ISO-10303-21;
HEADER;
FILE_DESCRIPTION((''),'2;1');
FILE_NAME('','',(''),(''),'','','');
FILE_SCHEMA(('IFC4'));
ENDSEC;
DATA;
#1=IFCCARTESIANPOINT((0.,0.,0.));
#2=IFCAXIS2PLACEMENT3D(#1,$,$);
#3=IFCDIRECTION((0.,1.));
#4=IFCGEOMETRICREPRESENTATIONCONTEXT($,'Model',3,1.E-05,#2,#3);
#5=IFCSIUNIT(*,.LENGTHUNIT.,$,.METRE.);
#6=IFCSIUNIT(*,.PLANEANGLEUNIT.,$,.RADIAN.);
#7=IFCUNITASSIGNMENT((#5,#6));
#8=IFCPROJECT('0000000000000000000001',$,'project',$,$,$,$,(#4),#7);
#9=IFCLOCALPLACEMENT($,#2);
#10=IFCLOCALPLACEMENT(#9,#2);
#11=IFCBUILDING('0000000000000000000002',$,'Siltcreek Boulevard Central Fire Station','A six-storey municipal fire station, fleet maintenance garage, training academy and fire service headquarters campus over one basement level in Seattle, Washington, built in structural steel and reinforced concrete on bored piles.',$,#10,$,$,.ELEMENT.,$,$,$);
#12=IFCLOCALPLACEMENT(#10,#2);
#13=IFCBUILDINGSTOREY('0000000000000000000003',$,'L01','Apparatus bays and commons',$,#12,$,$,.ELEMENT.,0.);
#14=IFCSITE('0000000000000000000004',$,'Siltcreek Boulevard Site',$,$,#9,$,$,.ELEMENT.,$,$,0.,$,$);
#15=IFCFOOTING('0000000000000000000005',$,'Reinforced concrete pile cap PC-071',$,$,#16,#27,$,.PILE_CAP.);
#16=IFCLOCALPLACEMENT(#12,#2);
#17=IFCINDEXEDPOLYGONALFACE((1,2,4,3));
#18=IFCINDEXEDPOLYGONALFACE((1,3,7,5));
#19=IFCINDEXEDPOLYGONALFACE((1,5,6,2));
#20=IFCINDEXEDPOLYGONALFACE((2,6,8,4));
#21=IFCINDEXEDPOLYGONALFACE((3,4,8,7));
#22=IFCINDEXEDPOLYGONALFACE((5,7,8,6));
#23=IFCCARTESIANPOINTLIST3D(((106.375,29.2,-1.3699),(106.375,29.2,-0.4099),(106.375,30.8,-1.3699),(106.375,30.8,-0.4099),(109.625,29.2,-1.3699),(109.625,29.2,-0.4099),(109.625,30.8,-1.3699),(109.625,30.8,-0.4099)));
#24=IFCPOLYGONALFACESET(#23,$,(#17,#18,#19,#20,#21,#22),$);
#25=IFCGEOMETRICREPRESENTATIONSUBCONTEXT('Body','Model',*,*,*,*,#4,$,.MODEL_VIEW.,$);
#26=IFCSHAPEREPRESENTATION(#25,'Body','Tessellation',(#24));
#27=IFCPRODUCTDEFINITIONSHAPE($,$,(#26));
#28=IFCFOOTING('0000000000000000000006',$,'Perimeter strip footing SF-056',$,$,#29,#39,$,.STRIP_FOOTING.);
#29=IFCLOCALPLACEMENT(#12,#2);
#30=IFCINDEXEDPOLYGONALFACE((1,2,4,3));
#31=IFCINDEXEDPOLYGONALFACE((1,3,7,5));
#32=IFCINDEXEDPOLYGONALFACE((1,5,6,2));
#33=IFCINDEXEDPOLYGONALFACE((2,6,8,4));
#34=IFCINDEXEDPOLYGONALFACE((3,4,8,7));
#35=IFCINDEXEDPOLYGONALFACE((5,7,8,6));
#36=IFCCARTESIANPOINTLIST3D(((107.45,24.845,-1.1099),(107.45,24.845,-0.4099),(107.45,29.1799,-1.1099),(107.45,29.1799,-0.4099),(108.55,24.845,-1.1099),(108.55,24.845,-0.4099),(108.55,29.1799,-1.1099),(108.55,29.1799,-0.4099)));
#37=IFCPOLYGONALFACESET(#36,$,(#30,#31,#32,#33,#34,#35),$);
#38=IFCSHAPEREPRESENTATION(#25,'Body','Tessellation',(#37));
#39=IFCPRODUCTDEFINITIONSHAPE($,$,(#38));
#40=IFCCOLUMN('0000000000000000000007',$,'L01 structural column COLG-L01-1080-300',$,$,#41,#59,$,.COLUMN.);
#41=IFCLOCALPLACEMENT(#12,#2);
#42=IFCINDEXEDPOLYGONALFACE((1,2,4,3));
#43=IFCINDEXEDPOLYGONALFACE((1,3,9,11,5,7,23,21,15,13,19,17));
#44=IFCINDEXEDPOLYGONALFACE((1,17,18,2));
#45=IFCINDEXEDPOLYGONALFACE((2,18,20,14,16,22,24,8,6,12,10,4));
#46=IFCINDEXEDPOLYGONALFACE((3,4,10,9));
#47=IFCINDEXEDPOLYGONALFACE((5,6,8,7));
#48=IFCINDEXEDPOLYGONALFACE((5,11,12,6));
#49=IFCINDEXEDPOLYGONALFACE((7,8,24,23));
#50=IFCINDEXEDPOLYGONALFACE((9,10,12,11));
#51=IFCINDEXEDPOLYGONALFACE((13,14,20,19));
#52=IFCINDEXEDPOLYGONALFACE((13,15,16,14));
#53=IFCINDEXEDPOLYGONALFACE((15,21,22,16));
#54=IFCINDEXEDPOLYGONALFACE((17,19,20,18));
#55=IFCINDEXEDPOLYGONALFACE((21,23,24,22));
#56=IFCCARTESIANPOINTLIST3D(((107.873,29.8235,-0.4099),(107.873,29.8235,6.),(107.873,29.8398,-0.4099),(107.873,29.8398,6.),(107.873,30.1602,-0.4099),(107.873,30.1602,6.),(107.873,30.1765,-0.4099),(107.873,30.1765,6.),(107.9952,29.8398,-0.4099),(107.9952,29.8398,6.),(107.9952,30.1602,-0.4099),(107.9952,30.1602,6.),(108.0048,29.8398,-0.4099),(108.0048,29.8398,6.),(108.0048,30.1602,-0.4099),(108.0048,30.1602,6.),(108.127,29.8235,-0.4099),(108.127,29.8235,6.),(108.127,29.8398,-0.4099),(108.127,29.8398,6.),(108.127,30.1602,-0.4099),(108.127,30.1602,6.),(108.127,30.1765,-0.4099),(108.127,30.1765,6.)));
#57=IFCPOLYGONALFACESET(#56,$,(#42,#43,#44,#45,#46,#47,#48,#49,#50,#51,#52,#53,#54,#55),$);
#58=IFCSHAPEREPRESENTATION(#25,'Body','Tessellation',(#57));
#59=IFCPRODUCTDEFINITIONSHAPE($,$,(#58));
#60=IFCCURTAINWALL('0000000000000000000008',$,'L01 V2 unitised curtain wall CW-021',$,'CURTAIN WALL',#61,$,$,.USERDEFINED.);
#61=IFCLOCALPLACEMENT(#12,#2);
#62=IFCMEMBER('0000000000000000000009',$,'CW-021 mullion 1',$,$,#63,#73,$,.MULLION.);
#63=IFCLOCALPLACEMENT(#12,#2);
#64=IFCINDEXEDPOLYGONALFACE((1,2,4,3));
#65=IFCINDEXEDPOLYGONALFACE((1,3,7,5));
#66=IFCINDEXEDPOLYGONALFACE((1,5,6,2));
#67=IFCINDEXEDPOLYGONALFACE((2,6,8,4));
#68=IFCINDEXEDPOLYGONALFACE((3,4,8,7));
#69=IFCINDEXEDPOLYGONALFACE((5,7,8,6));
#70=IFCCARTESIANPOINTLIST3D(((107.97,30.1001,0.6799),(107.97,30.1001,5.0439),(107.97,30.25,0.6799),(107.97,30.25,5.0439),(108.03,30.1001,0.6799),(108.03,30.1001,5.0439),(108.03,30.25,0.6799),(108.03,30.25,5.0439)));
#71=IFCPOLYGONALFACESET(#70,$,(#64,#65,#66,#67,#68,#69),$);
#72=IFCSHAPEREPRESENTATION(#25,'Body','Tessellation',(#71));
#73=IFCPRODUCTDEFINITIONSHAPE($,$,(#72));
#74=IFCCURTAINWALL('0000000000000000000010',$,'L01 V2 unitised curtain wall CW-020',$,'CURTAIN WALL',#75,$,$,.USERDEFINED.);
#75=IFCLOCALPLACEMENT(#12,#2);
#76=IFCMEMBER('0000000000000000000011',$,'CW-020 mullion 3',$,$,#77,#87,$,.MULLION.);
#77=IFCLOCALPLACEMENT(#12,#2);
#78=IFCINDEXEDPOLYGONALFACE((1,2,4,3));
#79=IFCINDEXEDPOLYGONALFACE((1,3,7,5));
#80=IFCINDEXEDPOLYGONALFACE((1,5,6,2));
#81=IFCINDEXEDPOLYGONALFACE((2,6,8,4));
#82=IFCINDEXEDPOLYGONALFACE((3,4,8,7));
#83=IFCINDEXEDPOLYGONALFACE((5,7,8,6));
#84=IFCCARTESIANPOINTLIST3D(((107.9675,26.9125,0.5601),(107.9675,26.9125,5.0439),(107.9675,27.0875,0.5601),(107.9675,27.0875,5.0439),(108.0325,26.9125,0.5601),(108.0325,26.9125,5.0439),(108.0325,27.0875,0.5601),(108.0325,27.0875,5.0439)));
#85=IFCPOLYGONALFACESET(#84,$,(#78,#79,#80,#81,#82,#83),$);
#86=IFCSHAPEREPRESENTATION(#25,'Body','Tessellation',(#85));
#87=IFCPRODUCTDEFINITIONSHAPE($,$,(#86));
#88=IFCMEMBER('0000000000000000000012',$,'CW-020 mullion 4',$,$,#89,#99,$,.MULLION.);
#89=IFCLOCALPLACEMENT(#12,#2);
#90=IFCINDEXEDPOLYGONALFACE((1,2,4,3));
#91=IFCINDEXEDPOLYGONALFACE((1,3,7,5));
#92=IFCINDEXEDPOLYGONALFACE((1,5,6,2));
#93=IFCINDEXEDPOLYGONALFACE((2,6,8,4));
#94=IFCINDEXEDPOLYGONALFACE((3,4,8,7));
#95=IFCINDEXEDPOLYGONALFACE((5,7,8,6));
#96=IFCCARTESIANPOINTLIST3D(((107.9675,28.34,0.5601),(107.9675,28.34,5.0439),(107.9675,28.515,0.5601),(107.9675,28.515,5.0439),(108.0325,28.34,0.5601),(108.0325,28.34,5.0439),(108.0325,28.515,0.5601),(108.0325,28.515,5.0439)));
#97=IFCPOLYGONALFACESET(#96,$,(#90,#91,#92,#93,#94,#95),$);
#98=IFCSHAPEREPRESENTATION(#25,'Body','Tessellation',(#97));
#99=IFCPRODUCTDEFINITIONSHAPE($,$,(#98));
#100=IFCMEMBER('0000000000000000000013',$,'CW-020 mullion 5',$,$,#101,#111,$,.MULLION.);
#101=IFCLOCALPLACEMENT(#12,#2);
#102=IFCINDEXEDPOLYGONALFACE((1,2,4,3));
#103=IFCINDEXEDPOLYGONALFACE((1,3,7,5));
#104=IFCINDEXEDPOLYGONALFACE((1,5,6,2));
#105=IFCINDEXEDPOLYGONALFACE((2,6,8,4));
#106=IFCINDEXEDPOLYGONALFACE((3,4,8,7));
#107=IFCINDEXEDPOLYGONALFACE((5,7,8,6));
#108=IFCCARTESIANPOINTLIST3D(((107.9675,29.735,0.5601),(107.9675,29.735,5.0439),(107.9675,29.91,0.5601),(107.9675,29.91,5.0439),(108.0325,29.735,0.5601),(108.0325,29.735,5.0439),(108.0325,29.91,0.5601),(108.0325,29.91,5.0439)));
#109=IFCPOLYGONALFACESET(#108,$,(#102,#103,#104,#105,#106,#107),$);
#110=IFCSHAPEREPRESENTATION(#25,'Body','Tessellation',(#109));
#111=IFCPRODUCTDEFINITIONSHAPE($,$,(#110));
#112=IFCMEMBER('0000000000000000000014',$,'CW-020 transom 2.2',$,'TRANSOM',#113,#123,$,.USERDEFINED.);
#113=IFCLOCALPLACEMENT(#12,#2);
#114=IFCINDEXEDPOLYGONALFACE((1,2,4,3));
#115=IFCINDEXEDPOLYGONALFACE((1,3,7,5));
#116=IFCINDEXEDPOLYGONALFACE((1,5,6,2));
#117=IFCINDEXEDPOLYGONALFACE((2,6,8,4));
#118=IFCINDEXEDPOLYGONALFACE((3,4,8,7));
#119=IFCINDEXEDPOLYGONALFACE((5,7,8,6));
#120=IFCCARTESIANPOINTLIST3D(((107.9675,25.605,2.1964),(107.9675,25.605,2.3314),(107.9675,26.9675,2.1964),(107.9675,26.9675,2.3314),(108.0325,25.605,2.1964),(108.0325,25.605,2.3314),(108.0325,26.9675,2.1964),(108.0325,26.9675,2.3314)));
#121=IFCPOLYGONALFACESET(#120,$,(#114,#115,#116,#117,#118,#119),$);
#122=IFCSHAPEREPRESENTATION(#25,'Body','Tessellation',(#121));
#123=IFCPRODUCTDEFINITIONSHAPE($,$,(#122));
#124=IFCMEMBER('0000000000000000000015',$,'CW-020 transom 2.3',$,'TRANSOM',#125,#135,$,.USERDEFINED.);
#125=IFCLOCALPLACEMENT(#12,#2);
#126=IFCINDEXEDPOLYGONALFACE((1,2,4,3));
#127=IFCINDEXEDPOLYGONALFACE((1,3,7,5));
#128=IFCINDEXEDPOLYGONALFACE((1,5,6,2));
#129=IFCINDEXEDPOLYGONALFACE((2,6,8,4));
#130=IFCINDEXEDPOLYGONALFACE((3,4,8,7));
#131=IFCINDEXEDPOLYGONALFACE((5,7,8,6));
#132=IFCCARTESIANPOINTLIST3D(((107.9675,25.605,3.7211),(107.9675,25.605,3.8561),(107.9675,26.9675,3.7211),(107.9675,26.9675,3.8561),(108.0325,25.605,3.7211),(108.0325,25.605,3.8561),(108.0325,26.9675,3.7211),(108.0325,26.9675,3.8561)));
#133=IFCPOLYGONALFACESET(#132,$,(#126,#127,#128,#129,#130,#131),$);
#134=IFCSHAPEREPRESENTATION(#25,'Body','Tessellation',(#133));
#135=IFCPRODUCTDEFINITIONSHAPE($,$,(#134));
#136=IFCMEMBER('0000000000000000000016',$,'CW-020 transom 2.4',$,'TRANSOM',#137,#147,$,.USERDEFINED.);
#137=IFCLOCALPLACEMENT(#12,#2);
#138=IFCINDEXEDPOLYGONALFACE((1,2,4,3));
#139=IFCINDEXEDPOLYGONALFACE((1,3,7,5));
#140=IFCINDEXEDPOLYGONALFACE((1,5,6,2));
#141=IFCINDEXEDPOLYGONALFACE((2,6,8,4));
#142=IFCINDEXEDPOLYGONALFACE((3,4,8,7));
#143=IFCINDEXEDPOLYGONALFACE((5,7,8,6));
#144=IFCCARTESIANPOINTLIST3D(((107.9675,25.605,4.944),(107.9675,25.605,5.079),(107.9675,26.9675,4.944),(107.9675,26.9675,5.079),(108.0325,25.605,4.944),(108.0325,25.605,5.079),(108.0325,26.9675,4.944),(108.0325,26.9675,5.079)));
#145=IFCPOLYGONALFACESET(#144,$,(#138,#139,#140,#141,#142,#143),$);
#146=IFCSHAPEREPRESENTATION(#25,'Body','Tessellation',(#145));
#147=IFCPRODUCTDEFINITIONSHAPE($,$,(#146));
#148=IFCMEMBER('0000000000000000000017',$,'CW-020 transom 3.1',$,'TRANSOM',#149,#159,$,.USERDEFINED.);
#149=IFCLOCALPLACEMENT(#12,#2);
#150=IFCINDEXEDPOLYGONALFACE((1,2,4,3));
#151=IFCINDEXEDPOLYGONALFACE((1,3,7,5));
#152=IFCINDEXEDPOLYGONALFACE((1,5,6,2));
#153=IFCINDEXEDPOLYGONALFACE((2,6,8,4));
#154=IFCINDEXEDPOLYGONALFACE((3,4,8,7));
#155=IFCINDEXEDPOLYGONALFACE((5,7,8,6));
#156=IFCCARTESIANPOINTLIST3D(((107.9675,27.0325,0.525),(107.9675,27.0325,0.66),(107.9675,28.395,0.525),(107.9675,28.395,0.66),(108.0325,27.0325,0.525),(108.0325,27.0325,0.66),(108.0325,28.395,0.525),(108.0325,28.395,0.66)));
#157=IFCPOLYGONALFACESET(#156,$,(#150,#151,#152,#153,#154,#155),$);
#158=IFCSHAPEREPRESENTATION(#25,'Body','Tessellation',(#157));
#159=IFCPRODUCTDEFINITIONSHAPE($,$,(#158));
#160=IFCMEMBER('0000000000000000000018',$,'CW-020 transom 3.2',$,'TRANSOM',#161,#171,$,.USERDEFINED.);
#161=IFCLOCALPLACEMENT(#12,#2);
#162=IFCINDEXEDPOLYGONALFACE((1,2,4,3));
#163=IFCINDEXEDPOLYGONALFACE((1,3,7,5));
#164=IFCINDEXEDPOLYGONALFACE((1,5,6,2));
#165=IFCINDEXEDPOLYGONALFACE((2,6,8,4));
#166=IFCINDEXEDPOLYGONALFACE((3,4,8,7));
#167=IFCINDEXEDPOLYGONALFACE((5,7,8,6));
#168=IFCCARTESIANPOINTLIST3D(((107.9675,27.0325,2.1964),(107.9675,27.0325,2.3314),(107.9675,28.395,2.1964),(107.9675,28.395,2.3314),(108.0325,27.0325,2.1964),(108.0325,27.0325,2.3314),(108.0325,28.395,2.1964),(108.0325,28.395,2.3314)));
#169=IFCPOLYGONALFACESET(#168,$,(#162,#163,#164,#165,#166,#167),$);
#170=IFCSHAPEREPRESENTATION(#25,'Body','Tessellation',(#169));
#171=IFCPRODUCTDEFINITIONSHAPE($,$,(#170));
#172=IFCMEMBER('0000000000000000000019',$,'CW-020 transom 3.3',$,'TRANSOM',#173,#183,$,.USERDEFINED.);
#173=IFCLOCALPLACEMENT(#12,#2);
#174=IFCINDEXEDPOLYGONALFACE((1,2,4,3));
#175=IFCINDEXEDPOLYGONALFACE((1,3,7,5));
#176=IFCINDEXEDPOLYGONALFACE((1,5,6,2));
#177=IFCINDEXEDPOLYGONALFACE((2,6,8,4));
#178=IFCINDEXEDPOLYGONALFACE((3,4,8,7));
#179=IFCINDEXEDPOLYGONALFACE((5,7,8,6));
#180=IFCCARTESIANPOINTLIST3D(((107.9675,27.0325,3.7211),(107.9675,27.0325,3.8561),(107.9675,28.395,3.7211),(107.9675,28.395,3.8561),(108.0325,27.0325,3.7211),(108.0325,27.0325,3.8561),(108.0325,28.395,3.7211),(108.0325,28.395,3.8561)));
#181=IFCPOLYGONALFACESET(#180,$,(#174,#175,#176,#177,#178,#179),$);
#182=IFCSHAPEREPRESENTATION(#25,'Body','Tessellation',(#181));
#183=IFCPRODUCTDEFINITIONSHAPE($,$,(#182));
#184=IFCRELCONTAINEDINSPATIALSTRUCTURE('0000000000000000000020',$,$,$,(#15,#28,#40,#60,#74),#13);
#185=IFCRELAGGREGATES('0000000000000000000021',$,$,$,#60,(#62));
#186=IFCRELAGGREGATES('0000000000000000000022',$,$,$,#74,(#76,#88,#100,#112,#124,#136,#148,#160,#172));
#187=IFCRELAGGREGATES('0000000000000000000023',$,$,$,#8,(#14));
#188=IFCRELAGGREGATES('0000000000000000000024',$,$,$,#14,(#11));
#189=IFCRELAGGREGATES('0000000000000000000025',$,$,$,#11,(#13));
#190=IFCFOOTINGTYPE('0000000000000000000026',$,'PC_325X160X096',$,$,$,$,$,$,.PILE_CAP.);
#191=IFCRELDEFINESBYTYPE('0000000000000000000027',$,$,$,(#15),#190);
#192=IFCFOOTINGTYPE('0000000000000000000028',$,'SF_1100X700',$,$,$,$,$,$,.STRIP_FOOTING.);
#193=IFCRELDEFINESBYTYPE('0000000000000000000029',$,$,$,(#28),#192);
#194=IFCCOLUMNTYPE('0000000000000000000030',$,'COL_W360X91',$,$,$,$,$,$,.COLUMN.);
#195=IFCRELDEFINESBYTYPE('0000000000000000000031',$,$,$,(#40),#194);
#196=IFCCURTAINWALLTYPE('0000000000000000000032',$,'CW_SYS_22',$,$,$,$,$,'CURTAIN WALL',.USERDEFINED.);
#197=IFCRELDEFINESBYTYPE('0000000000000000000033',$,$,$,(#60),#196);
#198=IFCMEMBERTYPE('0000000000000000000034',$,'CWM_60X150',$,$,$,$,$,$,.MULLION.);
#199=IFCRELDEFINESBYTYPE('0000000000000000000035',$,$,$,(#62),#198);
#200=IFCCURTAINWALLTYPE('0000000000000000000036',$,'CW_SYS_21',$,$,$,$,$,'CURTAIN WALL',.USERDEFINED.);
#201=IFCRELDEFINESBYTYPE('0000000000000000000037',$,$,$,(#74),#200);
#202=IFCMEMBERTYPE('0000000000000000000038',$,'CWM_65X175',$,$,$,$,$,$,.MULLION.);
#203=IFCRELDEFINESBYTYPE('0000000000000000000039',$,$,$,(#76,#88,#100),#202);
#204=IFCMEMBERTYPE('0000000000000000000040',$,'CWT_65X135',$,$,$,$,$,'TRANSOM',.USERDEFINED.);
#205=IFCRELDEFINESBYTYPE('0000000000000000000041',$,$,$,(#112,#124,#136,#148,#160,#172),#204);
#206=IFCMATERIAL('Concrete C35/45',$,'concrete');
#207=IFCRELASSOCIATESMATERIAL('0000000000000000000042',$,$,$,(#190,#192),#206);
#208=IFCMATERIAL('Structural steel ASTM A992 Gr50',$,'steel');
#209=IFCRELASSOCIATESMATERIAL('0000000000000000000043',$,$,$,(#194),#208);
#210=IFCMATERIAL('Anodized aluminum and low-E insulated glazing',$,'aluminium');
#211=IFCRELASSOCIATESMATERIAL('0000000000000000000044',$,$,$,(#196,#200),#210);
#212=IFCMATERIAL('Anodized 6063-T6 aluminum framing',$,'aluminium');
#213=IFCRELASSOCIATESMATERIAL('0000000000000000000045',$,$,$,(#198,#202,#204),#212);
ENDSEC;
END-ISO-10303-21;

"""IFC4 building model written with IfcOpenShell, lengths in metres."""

from ifc_helpers import new_model, si_unit, direction, frame, origin, origin_2d, place, context, subcontext, project, spatial, rectangle, i_section, extrude, material, material_profile, profile_set, type_object, element, aggregate, save


model = new_model("IFC4")

# Units and contexts
model_context = context("Model", 3, precision=1e-05, world=origin(), true_north=direction((0.0, 1.0)))
body_context = subcontext(model_context, "Body", "Model", "MODEL_VIEW")
ifc_project = project(units=[si_unit("LENGTHUNIT", "METRE"), si_unit("PLANEANGLEUNIT", "RADIAN")], contexts=[model_context])

# Site, building, storey
site_placement = place(None, origin())
site = spatial("IfcSite", under=ifc_project, at=site_placement, Name="Siltcreek Boulevard Site", CompositionType="ELEMENT", RefElevation=0.0)
building_placement = place(site_placement, origin())
building = spatial("IfcBuilding", under=site, at=building_placement, Name="Siltcreek Boulevard Central Fire Station", Description="A six-storey municipal fire station, fleet maintenance garage, training academy and fire service headquarters campus over one basement level in Seattle, Washington, built in structural steel and reinforced concrete on bored piles.", CompositionType="ELEMENT")
storey_placement = place(building_placement, origin())
storey = spatial("IfcBuildingStorey", under=building, at=storey_placement, Name="L01", Description="Apparatus bays and commons", CompositionType="ELEMENT", Elevation=0.0)

# Footings
ifc_material_1 = material(Name="Concrete C35/45", Category="concrete")
footing_type_1 = type_object("IfcFootingType", Name="PC_325X160X096", PredefinedType="PILE_CAP", material=ifc_material_1)
footing_1_placement = place(storey_placement, frame((108.0, 30.0, -1.3699), z_axis=(0.0, 0.0, 1.0), x_axis=(1.0, 0.0, 0.0)))
element("IfcFooting", 1, at=footing_1_placement, inside=storey, type_object=footing_type_1, Name="Reinforced concrete pile cap PC-071", PredefinedType="PILE_CAP", context=body_context, shape_type="SweptSolid", body=[
    extrude(rectangle(XDim=3.25, YDim=1.6001, at=origin_2d()), origin(), (0.0, 0.0, 1.0), 0.96),
])
footing_type_2 = type_object("IfcFootingType", Name="SF_1100X700", PredefinedType="STRIP_FOOTING", material=ifc_material_1)
footing_2_placement = place(storey_placement, frame((108.0, 27.0125, -1.1099), z_axis=(0.0, 0.0, 1.0), x_axis=(1.0, 0.0, 0.0)))
element("IfcFooting", 2, at=footing_2_placement, inside=storey, type_object=footing_type_2, Name="Perimeter strip footing SF-056", PredefinedType="STRIP_FOOTING", context=body_context, shape_type="SweptSolid", body=[
    extrude(rectangle(XDim=1.1001, YDim=4.335, at=origin_2d()), origin(), (0.0, 0.0, 1.0), 0.7),
])

# Column
ifc_material_2 = material(Name="Structural steel ASTM A992 Gr50", Category="steel")
ifc_material_profile_1 = material_profile(ifc_material_2, i_section(OverallWidth=0.2539, OverallDepth=0.353, WebThickness=0.0095, FlangeThickness=0.0164, at=origin_2d()), Name="W360X91")
ifc_profile_set_1 = profile_set([ifc_material_profile_1], Name="Structural steel ASTM A992 Gr50")
column_type = type_object("IfcColumnType", Name="COL_W360X91", PredefinedType="COLUMN", material=ifc_profile_set_1)
column_placement = place(storey_placement, frame((108.0, 30.0, -0.4099), z_axis=(0.0, 0.0, 1.0), x_axis=(1.0, 0.0, 0.0)))
element("IfcColumn", 3, at=column_placement, inside=storey, type_object=column_type, Name="L01 structural column COLG-L01-1080-300", PredefinedType="COLUMN", context=body_context, shape_type="SweptSolid", body=[
    extrude(i_section(OverallWidth=0.2539, OverallDepth=0.353, WebThickness=0.0095, FlangeThickness=0.0164, at=origin_2d()), origin(), (0.0, 0.0, 1.0), 6.4099),
])

# Curtain wall, member
ifc_material_3 = material(Name="Anodized aluminum and low-E insulated glazing", Category="aluminium")
curtain_wall_type_1 = type_object("IfcCurtainWallType", Name="CW_SYS_22", ElementType="CURTAIN WALL", PredefinedType="USERDEFINED", material=ifc_material_3)
curtain_wall_1_placement = place(storey_placement, origin())
curtain_wall_1 = element("IfcCurtainWall", 4, at=curtain_wall_1_placement, inside=storey, type_object=curtain_wall_type_1, Name="L01 V2 unitised curtain wall CW-021", ObjectType="CURTAIN WALL", PredefinedType="USERDEFINED")
ifc_material_4 = material(Name="Anodized 6063-T6 aluminum framing", Category="aluminium")
ifc_material_profile_2 = material_profile(ifc_material_4, rectangle(XDim=0.0601, YDim=0.1499, at=origin_2d()), Name="MULL60X150")
ifc_profile_set_2 = profile_set([ifc_material_profile_2], Name="Anodized 6063-T6 aluminum framing")
member_type_1 = type_object("IfcMemberType", Name="CWM_60X150", PredefinedType="MULLION", material=ifc_profile_set_2)
member_1_placement = place(storey_placement, frame((108.0, 30.175, 0.6799), z_axis=(0.0, 0.0, 1.0), x_axis=(-1.0, 0.0, 0.0)))
member_1 = element("IfcMember", 5, at=member_1_placement, type_object=member_type_1, Name="CW-021 mullion 1", PredefinedType="MULLION", context=body_context, shape_type="SweptSolid", body=[
    extrude(rectangle(XDim=0.0601, YDim=0.1499, at=origin_2d()), origin(), (0.0, 0.0, 1.0), 4.364),
])
aggregate(curtain_wall_1, [member_1])

# Curtain wall, members
curtain_wall_type_2 = type_object("IfcCurtainWallType", Name="CW_SYS_21", ElementType="CURTAIN WALL", PredefinedType="USERDEFINED", material=ifc_material_3)
curtain_wall_2_placement = place(storey_placement, origin())
curtain_wall_2 = element("IfcCurtainWall", 6, at=curtain_wall_2_placement, inside=storey, type_object=curtain_wall_type_2, Name="L01 V2 unitised curtain wall CW-020", ObjectType="CURTAIN WALL", PredefinedType="USERDEFINED")
ifc_material_profile_3 = material_profile(ifc_material_4, rectangle(XDim=0.0649, YDim=0.175, at=origin_2d()), Name="MULL65X175")
ifc_profile_set_3 = profile_set([ifc_material_profile_3], Name="Anodized 6063-T6 aluminum framing")
member_type_2 = type_object("IfcMemberType", Name="CWM_65X175", PredefinedType="MULLION", material=ifc_profile_set_3)
member_2_placement = place(storey_placement, frame((108.0, 27.0, 0.5601), z_axis=(0.0, 0.0, 1.0), x_axis=(-1.0, 0.0, 0.0)))
member_2 = element("IfcMember", 7, at=member_2_placement, type_object=member_type_2, Name="CW-020 mullion 3", PredefinedType="MULLION", context=body_context, shape_type="SweptSolid", body=[
    extrude(rectangle(XDim=0.0649, YDim=0.175, at=origin_2d()), origin(), (0.0, 0.0, 1.0), 4.4839),
])
member_3_placement = place(storey_placement, frame((108.0, 28.4275, 0.5601), z_axis=(0.0, 0.0, 1.0), x_axis=(-1.0, 0.0, 0.0)))
member_3 = element("IfcMember", 8, at=member_3_placement, type_object=member_type_2, Name="CW-020 mullion 4", PredefinedType="MULLION", context=body_context, shape_type="SweptSolid", body=[
    extrude(rectangle(XDim=0.0649, YDim=0.175, at=origin_2d()), origin(), (0.0, 0.0, 1.0), 4.4839),
])
member_4_placement = place(storey_placement, frame((108.0, 29.8225, 0.5601), z_axis=(0.0, 0.0, 1.0), x_axis=(-1.0, 0.0, 0.0)))
member_4 = element("IfcMember", 9, at=member_4_placement, type_object=member_type_2, Name="CW-020 mullion 5", PredefinedType="MULLION", context=body_context, shape_type="SweptSolid", body=[
    extrude(rectangle(XDim=0.0649, YDim=0.175, at=origin_2d()), origin(), (0.0, 0.0, 1.0), 4.4839),
])
ifc_material_profile_4 = material_profile(ifc_material_4, rectangle(XDim=0.0649, YDim=0.135, at=origin_2d()), Name="TRAN65X135")
ifc_profile_set_4 = profile_set([ifc_material_profile_4], Name="Anodized 6063-T6 aluminum framing")
member_type_3 = type_object("IfcMemberType", Name="CWT_65X135", ElementType="TRANSOM", PredefinedType="USERDEFINED", material=ifc_profile_set_4)
member_5_placement = place(storey_placement, frame((108.0, 25.605, 2.2639), z_axis=(0.0, 1.0, 0.0), x_axis=(-1.0, 0.0, 0.0)))
member_5 = element("IfcMember", 10, at=member_5_placement, type_object=member_type_3, Name="CW-020 transom 2.2", ObjectType="TRANSOM", PredefinedType="USERDEFINED", context=body_context, shape_type="SweptSolid", body=[
    extrude(rectangle(XDim=0.0649, YDim=0.135, at=origin_2d()), origin(), (0.0, 0.0, 1.0), 1.3625),
])
member_6_placement = place(storey_placement, frame((108.0, 25.605, 3.7886), z_axis=(0.0, 1.0, 0.0), x_axis=(-1.0, 0.0, 0.0)))
member_6 = element("IfcMember", 11, at=member_6_placement, type_object=member_type_3, Name="CW-020 transom 2.3", ObjectType="TRANSOM", PredefinedType="USERDEFINED", context=body_context, shape_type="SweptSolid", body=[
    extrude(rectangle(XDim=0.0649, YDim=0.135, at=origin_2d()), origin(), (0.0, 0.0, 1.0), 1.3625),
])
member_7_placement = place(storey_placement, frame((108.0, 25.605, 5.0115), z_axis=(0.0, 1.0, 0.0), x_axis=(-1.0, 0.0, 0.0)))
member_7 = element("IfcMember", 12, at=member_7_placement, type_object=member_type_3, Name="CW-020 transom 2.4", ObjectType="TRANSOM", PredefinedType="USERDEFINED", context=body_context, shape_type="SweptSolid", body=[
    extrude(rectangle(XDim=0.0649, YDim=0.135, at=origin_2d()), origin(), (0.0, 0.0, 1.0), 1.3625),
])
member_8_placement = place(storey_placement, frame((108.0, 27.0325, 0.5925), z_axis=(0.0, 1.0, 0.0), x_axis=(-1.0, 0.0, 0.0)))
member_8 = element("IfcMember", 13, at=member_8_placement, type_object=member_type_3, Name="CW-020 transom 3.1", ObjectType="TRANSOM", PredefinedType="USERDEFINED", context=body_context, shape_type="SweptSolid", body=[
    extrude(rectangle(XDim=0.0649, YDim=0.135, at=origin_2d()), origin(), (0.0, 0.0, 1.0), 1.3625),
])
member_9_placement = place(storey_placement, frame((108.0, 27.0325, 2.2639), z_axis=(0.0, 1.0, 0.0), x_axis=(-1.0, 0.0, 0.0)))
member_9 = element("IfcMember", 14, at=member_9_placement, type_object=member_type_3, Name="CW-020 transom 3.2", ObjectType="TRANSOM", PredefinedType="USERDEFINED", context=body_context, shape_type="SweptSolid", body=[
    extrude(rectangle(XDim=0.0649, YDim=0.135, at=origin_2d()), origin(), (0.0, 0.0, 1.0), 1.3625),
])
member_10_placement = place(storey_placement, frame((108.0, 27.0325, 3.7886), z_axis=(0.0, 1.0, 0.0), x_axis=(-1.0, 0.0, 0.0)))
member_10 = element("IfcMember", 15, at=member_10_placement, type_object=member_type_3, Name="CW-020 transom 3.3", ObjectType="TRANSOM", PredefinedType="USERDEFINED", context=body_context, shape_type="SweptSolid", body=[
    extrude(rectangle(XDim=0.0649, YDim=0.135, at=origin_2d()), origin(), (0.0, 0.0, 1.0), 1.3625),
])
aggregate(curtain_wall_2, [member_2, member_3, member_4, member_5, member_6, member_7, member_8, member_9, member_10])

save(model, "model.ifc")
